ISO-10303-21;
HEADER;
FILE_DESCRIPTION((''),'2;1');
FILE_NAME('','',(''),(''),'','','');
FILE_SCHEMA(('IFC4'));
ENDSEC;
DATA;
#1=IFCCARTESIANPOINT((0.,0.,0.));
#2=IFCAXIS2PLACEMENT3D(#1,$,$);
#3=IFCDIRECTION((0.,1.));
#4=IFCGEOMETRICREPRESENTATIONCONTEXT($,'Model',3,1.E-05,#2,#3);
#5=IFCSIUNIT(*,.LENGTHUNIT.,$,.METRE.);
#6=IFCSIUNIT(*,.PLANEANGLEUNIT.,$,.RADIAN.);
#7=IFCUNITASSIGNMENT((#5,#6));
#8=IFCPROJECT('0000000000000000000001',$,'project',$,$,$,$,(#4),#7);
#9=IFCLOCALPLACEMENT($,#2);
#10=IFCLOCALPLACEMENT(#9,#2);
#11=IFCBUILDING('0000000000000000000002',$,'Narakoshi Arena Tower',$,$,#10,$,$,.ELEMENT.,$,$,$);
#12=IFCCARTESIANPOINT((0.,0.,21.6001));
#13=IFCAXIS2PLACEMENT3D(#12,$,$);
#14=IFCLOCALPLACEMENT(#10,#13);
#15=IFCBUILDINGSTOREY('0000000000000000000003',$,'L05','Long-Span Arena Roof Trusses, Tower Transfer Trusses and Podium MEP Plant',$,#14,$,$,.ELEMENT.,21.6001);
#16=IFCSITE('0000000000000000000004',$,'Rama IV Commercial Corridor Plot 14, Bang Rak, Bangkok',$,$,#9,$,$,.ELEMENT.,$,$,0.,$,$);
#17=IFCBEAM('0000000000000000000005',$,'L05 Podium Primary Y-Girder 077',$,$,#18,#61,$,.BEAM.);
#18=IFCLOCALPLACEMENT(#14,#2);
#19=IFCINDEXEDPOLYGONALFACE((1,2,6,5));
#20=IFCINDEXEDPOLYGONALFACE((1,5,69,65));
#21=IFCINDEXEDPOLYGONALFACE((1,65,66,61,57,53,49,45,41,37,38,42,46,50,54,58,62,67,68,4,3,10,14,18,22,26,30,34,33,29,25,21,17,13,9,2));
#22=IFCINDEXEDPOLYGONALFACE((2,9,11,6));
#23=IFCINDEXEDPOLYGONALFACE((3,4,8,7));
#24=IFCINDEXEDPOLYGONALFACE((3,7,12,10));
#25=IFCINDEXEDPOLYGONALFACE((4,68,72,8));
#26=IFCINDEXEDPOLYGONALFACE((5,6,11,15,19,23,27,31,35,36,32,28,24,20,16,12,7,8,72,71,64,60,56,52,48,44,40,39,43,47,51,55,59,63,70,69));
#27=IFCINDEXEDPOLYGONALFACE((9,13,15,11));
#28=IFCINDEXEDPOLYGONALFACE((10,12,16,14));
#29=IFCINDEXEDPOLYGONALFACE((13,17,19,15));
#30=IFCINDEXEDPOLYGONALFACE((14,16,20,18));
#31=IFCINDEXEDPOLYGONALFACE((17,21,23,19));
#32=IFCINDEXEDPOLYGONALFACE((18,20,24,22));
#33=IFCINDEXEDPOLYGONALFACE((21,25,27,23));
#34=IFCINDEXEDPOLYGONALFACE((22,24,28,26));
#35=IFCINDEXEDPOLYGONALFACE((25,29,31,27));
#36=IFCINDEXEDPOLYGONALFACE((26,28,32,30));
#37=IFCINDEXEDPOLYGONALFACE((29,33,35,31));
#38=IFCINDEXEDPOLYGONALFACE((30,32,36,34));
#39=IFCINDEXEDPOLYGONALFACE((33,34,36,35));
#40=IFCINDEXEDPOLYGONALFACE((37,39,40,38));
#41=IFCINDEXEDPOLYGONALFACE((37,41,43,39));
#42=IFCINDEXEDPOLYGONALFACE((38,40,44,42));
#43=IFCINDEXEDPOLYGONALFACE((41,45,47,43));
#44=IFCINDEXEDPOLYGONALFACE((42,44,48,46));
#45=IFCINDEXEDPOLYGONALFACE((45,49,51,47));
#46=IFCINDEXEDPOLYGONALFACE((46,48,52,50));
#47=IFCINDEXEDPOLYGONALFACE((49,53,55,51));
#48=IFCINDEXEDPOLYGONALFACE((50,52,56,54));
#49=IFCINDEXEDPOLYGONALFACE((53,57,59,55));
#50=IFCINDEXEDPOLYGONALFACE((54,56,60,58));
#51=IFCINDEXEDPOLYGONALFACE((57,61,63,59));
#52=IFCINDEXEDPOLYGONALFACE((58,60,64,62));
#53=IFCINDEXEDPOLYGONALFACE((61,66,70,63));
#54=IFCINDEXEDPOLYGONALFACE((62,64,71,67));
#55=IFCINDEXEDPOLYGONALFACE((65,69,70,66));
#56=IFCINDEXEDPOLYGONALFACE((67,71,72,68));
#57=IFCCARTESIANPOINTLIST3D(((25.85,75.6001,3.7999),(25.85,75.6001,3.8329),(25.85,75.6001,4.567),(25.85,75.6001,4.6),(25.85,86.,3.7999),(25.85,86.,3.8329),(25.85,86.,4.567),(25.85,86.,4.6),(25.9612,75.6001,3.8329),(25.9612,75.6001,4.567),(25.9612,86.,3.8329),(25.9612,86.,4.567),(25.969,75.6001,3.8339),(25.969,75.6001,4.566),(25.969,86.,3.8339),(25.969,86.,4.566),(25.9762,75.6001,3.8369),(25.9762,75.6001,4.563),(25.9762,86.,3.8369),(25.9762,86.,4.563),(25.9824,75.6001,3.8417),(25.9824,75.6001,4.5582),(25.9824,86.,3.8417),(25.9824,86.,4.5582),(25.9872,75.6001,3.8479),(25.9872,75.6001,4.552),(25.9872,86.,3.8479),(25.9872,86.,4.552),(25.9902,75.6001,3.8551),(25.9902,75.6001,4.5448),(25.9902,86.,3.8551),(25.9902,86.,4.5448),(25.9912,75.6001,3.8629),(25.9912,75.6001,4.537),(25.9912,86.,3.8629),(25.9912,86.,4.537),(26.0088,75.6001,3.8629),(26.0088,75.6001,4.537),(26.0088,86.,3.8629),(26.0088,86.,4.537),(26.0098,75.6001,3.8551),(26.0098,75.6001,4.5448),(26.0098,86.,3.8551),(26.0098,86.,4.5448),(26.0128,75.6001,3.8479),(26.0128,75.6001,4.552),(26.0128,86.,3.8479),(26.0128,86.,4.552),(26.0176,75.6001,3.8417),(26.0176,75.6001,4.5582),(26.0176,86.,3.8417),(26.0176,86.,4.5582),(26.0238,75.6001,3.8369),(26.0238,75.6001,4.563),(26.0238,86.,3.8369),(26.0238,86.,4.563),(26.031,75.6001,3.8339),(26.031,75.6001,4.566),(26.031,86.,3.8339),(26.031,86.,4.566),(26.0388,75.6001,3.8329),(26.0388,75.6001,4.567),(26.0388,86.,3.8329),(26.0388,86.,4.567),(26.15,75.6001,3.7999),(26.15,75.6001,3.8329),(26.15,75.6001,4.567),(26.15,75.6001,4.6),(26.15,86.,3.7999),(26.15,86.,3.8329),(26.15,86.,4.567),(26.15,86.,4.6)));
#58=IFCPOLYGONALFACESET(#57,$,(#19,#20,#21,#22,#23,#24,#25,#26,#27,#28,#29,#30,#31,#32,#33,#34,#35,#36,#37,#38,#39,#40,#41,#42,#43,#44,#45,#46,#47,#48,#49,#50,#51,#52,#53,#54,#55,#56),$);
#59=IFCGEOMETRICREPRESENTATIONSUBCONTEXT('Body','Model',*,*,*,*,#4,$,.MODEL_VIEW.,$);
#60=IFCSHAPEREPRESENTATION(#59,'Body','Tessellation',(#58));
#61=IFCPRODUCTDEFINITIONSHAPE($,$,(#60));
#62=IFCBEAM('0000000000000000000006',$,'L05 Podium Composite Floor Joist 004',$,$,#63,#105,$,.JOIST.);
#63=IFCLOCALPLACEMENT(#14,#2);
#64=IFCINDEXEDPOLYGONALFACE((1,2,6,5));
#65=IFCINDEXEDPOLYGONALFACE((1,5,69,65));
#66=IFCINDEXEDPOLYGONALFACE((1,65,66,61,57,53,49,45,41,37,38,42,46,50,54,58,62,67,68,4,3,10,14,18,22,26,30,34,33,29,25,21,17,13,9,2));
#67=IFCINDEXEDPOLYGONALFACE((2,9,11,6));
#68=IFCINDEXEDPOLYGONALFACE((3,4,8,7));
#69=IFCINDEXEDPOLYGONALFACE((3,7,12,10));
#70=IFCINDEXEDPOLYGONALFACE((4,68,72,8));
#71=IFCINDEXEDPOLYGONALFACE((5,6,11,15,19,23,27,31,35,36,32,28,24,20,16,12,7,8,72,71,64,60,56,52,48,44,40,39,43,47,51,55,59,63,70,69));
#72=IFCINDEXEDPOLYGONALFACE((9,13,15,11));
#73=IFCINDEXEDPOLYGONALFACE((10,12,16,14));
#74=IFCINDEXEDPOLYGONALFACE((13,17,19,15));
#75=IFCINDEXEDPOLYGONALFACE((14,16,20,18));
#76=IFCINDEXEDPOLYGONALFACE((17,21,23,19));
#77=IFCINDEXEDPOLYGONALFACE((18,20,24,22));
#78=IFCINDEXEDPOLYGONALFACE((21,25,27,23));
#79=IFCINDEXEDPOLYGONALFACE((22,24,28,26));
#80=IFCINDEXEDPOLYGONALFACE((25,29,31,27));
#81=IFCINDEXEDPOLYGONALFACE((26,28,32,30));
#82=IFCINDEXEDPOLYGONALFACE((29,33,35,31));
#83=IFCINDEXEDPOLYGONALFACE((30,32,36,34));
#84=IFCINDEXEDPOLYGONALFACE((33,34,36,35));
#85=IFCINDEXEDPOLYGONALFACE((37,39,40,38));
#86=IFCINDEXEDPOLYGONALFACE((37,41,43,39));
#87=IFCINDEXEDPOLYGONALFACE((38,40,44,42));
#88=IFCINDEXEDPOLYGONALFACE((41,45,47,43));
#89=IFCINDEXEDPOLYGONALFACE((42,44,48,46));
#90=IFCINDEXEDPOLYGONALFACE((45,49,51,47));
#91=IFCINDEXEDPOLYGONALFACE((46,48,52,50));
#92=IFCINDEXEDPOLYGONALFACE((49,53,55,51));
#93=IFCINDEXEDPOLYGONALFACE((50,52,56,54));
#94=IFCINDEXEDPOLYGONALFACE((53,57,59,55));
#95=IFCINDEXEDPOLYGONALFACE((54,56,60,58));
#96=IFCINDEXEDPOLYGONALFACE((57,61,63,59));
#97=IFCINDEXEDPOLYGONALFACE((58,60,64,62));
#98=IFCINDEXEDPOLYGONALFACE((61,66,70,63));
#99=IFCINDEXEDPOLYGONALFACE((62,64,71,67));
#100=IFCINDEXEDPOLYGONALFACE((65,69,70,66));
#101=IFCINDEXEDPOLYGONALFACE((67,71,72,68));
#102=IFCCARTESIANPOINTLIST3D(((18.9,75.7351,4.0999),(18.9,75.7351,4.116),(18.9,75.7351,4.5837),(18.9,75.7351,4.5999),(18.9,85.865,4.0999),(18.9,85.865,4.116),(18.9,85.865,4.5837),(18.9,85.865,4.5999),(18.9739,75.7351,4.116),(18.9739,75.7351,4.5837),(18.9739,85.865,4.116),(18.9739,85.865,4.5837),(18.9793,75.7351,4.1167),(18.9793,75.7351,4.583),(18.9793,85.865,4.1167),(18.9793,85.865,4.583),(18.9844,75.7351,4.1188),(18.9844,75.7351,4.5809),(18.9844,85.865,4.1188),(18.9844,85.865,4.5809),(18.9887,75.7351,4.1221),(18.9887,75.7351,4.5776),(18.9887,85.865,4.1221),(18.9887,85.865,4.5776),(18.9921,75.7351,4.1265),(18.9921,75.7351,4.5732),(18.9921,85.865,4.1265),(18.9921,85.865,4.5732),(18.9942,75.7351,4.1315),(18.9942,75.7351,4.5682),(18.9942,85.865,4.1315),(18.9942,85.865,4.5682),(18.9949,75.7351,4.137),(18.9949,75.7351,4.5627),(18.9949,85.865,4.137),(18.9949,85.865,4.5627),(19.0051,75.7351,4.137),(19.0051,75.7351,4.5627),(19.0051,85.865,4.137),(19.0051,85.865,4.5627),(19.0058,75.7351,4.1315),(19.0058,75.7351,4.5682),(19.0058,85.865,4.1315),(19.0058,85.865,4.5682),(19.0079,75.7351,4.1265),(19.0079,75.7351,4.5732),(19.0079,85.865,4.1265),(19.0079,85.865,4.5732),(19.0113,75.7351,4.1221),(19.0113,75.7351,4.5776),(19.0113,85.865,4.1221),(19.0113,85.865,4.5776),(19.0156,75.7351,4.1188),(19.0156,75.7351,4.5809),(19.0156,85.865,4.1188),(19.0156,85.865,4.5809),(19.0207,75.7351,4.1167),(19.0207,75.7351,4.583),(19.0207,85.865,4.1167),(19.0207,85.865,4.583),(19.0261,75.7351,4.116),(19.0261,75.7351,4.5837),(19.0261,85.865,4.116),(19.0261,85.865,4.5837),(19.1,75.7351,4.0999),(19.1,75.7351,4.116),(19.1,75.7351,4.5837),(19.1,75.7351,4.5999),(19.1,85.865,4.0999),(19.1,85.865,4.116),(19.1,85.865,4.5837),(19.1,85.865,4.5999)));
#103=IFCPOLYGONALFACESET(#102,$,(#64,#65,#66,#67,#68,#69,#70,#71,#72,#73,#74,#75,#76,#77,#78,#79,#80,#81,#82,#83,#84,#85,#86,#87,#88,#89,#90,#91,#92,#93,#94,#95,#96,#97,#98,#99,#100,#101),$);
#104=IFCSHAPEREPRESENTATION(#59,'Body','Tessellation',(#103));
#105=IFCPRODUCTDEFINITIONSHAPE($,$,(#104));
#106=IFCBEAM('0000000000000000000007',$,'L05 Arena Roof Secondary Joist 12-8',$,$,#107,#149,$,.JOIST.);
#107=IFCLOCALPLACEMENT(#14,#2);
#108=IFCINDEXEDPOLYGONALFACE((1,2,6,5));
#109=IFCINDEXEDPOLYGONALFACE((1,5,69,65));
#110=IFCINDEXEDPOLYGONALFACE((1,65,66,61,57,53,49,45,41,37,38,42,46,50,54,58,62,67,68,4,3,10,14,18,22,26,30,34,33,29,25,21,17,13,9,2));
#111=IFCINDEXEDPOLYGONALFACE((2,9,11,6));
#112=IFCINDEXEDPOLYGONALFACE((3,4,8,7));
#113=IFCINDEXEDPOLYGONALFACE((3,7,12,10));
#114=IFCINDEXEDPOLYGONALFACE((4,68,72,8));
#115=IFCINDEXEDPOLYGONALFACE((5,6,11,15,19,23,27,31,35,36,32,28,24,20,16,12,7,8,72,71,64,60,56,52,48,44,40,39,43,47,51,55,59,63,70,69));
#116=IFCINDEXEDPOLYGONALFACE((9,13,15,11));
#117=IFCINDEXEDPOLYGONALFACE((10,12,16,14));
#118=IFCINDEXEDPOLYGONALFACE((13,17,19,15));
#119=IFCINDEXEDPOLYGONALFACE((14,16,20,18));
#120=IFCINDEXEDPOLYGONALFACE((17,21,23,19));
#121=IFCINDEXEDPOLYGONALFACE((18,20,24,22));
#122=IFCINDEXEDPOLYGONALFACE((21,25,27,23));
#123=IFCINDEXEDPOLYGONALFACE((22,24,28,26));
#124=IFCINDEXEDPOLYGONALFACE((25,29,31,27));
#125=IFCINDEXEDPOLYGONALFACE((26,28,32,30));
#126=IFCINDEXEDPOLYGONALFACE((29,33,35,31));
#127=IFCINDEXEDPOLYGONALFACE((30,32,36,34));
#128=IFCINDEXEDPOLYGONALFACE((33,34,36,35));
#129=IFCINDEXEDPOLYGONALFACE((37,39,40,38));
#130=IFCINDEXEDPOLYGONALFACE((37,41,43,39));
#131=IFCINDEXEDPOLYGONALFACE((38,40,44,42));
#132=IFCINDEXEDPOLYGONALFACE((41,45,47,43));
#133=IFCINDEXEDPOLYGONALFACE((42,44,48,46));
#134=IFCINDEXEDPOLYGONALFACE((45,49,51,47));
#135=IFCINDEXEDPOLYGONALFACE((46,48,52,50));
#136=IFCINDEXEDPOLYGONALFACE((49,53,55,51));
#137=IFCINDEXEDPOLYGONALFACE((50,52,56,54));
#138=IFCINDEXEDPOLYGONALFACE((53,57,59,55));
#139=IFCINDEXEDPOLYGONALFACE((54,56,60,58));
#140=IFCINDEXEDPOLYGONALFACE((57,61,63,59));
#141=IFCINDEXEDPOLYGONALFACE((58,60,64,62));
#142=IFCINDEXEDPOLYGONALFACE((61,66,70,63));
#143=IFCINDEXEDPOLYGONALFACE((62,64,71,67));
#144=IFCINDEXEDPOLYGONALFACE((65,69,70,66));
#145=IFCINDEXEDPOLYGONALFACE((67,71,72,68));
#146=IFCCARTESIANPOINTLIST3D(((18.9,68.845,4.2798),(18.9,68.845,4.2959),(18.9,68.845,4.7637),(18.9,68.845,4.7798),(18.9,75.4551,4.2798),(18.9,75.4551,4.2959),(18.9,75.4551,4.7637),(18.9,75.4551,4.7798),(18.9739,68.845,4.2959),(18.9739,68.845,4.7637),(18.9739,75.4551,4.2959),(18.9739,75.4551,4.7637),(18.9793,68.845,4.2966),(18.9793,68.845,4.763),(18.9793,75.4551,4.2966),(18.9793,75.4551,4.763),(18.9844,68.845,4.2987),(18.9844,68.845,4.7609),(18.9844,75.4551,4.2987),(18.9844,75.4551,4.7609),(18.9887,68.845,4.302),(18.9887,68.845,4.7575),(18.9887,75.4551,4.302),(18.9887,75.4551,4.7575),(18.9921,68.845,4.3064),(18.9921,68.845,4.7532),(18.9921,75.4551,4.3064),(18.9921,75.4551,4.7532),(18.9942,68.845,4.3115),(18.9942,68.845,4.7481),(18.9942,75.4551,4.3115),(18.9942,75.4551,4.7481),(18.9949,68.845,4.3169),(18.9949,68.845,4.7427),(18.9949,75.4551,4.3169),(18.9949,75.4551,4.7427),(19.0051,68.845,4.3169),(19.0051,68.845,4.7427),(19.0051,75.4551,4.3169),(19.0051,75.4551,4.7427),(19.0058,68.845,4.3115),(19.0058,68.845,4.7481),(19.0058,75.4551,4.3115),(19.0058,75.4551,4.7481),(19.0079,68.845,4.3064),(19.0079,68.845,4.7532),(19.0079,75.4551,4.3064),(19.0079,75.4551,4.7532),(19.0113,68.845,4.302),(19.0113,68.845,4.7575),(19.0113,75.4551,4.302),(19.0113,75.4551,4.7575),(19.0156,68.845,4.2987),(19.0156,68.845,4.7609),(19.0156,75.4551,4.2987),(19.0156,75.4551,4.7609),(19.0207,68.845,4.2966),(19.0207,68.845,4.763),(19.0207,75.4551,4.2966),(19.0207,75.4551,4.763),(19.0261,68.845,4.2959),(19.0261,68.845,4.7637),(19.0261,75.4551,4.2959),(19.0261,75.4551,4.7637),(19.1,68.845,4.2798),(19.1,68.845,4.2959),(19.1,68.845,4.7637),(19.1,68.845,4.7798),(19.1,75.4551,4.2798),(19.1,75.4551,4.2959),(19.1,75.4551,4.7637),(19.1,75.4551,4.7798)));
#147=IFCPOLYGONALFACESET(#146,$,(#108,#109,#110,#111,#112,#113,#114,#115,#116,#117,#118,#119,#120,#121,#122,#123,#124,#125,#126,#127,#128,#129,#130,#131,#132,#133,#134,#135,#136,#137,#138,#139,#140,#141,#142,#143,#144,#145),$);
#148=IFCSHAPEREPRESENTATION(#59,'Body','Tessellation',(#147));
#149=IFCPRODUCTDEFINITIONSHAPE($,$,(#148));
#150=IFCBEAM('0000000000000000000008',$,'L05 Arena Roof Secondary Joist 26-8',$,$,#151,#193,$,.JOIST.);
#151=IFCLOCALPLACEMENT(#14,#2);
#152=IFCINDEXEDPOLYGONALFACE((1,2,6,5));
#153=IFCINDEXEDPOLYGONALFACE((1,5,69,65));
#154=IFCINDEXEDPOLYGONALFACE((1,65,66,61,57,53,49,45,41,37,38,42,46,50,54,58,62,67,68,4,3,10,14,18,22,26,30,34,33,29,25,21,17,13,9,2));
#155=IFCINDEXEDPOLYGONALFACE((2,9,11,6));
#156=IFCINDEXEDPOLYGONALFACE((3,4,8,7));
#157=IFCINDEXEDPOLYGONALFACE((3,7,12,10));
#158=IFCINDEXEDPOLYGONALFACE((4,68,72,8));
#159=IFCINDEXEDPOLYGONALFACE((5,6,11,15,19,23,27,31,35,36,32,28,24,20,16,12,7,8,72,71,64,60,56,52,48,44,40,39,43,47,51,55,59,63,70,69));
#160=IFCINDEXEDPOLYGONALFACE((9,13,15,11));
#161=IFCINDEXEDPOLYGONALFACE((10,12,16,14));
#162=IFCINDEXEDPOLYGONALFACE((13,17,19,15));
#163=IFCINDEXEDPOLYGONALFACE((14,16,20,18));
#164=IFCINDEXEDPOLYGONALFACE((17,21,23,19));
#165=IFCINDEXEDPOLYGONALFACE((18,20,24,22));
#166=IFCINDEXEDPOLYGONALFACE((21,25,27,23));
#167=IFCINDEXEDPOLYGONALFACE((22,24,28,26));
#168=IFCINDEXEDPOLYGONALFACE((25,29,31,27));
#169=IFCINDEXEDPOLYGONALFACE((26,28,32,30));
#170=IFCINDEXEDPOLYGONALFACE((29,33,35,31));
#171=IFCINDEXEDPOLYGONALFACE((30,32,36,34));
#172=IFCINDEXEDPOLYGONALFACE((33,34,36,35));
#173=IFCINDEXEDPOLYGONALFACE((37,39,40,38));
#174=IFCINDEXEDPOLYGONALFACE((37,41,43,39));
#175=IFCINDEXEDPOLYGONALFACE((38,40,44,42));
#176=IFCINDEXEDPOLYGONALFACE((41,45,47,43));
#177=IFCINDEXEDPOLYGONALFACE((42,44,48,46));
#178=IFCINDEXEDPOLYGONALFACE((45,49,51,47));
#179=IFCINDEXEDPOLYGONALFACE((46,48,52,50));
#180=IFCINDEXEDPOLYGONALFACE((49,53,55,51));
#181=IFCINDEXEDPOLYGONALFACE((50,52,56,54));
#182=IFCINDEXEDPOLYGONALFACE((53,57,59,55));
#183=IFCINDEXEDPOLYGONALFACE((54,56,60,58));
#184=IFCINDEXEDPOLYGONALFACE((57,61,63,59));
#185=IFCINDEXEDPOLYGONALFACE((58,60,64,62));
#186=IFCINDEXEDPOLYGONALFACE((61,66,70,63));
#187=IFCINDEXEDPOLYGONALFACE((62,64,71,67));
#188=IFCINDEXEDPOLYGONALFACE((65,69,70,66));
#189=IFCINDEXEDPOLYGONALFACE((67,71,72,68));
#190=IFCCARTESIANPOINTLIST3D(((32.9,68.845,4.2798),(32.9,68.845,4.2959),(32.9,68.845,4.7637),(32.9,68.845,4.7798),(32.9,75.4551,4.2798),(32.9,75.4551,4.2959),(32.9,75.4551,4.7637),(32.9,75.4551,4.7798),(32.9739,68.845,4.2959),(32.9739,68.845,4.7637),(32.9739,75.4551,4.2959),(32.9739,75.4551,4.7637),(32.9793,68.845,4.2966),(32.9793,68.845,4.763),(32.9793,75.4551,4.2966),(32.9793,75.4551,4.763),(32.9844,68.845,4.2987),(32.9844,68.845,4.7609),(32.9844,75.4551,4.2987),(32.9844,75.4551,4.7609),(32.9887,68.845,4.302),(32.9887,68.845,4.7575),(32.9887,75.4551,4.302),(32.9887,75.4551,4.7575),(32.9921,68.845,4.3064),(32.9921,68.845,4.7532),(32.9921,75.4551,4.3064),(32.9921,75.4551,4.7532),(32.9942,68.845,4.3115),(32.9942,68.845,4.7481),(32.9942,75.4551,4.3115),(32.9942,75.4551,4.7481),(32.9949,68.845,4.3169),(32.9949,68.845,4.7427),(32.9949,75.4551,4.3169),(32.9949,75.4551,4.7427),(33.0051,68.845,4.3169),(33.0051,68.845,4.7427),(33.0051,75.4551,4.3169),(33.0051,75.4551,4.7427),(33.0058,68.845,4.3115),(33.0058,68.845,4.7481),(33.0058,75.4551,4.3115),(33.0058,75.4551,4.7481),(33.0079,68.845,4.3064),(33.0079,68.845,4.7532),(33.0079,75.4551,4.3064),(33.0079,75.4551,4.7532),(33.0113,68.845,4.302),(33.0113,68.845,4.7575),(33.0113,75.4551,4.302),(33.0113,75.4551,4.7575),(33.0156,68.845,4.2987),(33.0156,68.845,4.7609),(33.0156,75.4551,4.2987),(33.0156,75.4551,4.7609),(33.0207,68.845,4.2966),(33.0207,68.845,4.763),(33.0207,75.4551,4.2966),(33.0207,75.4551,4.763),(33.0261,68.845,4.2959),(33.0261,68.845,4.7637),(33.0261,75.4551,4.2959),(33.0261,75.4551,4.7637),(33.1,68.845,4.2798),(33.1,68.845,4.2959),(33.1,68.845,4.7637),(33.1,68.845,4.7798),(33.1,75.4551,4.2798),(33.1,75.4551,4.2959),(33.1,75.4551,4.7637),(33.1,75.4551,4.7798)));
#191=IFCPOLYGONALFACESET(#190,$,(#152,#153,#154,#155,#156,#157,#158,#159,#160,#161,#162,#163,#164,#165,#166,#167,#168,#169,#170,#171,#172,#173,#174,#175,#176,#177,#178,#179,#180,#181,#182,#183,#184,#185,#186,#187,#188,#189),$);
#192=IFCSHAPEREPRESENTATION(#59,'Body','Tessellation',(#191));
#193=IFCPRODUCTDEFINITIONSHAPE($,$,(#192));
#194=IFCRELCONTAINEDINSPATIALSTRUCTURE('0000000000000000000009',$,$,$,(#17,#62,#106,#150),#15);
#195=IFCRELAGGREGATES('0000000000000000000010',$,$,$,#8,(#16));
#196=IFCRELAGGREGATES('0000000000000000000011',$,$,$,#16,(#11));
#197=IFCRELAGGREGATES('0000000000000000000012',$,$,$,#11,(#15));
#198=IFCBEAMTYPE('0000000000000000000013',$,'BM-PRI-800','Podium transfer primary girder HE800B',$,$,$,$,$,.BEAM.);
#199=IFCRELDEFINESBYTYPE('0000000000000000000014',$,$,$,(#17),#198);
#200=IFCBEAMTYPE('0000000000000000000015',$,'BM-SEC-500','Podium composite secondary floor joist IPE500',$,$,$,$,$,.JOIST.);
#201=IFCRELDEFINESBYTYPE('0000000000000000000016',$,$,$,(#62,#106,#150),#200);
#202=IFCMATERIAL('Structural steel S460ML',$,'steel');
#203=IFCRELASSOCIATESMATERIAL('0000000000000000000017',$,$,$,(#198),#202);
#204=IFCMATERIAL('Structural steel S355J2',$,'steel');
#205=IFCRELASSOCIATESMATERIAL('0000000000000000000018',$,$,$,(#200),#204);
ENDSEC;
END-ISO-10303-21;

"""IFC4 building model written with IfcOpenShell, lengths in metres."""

from ifc_helpers import new_model, si_unit, direction, frame, origin, origin_2d, place, context, subcontext, project, spatial, i_section, extrude, material, material_profile, profile_set, type_object, element, save


model = new_model("IFC4")

# Units and contexts
model_context = context("Model", 3, precision=1e-05, world=origin(), true_north=direction((0.0, 1.0)))
body_context = subcontext(model_context, "Body", "Model", "MODEL_VIEW")
ifc_project = project(units=[si_unit("LENGTHUNIT", "METRE"), si_unit("PLANEANGLEUNIT", "RADIAN")], contexts=[model_context])

# Site, building, storey
site_placement = place(None, origin())
site = spatial("IfcSite", under=ifc_project, at=site_placement, Name="Rama IV Commercial Corridor Plot 14, Bang Rak, Bangkok", CompositionType="ELEMENT", RefElevation=0.0)
building_placement = place(site_placement, origin())
building = spatial("IfcBuilding", under=site, at=building_placement, Name="Narakoshi Arena Tower", CompositionType="ELEMENT")
storey_placement = place(building_placement, frame((0.0, 0.0, 21.6001)))
storey = spatial("IfcBuildingStorey", under=building, at=storey_placement, Name="L05", Description="Long-Span Arena Roof Trusses, Tower Transfer Trusses and Podium MEP Plant", CompositionType="ELEMENT", Elevation=21.6001)

# Shared definitions
ifc_material_1 = material(Name="Structural steel S355J2", Category="steel")

# Beams
ifc_material_2 = material(Name="Structural steel S460ML", Category="steel")
ifc_material_profile_1 = material_profile(ifc_material_2, i_section(OverallWidth=0.3, OverallDepth=0.8, WebThickness=0.0176, FlangeThickness=0.033, FilletRadius=0.03, at=origin_2d()), Name="HE800B")
ifc_profile_set_1 = profile_set([ifc_material_profile_1], Name="Structural steel S460ML")
beam_type_1 = type_object("IfcBeamType", Name="BM-PRI-800", Description="Podium transfer primary girder HE800B", PredefinedType="BEAM", material=ifc_profile_set_1)
for number, where, z_axis, x_axis, name in (
    (1, (26.0, 75.6001, 4.2), (0.0, 1.0, 0.0), (-1.0, 0.0, 0.0), "L05 Podium Primary Y-Girder 077"),
):
    element("IfcBeam", number, at=place(storey_placement, frame(where, z_axis=z_axis, x_axis=x_axis)), inside=storey, type_object=beam_type_1, Name=name, PredefinedType="BEAM", context=body_context, shape_type="SweptSolid", body=[
        extrude(i_section(OverallWidth=0.3, OverallDepth=0.8, WebThickness=0.0176, FlangeThickness=0.033, FilletRadius=0.03, at=origin_2d()), origin(), (0.0, 0.0, 1.0), 10.3999),
    ])
ifc_material_profile_2 = material_profile(ifc_material_1, i_section(OverallWidth=0.2, OverallDepth=0.5, WebThickness=0.0103, FlangeThickness=0.0161, FilletRadius=0.021, at=origin_2d()), Name="IPE500")
ifc_profile_set_2 = profile_set([ifc_material_profile_2], Name="Structural steel S355J2")
beam_type_2 = type_object("IfcBeamType", Name="BM-SEC-500", Description="Podium composite secondary floor joist IPE500", PredefinedType="JOIST", material=ifc_profile_set_2)
beam_placement = place(storey_placement, frame((19.0, 75.7351, 4.3499), z_axis=(0.0, 1.0, 0.0), x_axis=(-1.0, 0.0, 0.0)))
element("IfcBeam", 2, at=beam_placement, inside=storey, type_object=beam_type_2, Name="L05 Podium Composite Floor Joist 004", PredefinedType="JOIST", context=body_context, shape_type="SweptSolid", body=[
    extrude(i_section(OverallWidth=0.2, OverallDepth=0.5, WebThickness=0.0103, FlangeThickness=0.0161, FilletRadius=0.021, at=origin_2d()), origin(), (0.0, 0.0, 1.0), 10.1299),
])
for number, where, z_axis, x_axis, name in (
    (3, (19.0, 68.845, 4.5298), (0.0, 1.0, 0.0), (-1.0, 0.0, 0.0), "L05 Arena Roof Secondary Joist 12-8"),
    (4, (33.0, 68.845, 4.5298), (0.0, 1.0, 0.0), (-1.0, 0.0, 0.0), "L05 Arena Roof Secondary Joist 26-8"),
):
    element("IfcBeam", number, at=place(storey_placement, frame(where, z_axis=z_axis, x_axis=x_axis)), inside=storey, type_object=beam_type_2, Name=name, PredefinedType="JOIST", context=body_context, shape_type="SweptSolid", body=[
        extrude(i_section(OverallWidth=0.2, OverallDepth=0.5, WebThickness=0.0103, FlangeThickness=0.0161, FilletRadius=0.021, at=origin_2d()), origin(), (0.0, 0.0, 1.0), 6.6101),
    ])

save(model, "model.ifc")
